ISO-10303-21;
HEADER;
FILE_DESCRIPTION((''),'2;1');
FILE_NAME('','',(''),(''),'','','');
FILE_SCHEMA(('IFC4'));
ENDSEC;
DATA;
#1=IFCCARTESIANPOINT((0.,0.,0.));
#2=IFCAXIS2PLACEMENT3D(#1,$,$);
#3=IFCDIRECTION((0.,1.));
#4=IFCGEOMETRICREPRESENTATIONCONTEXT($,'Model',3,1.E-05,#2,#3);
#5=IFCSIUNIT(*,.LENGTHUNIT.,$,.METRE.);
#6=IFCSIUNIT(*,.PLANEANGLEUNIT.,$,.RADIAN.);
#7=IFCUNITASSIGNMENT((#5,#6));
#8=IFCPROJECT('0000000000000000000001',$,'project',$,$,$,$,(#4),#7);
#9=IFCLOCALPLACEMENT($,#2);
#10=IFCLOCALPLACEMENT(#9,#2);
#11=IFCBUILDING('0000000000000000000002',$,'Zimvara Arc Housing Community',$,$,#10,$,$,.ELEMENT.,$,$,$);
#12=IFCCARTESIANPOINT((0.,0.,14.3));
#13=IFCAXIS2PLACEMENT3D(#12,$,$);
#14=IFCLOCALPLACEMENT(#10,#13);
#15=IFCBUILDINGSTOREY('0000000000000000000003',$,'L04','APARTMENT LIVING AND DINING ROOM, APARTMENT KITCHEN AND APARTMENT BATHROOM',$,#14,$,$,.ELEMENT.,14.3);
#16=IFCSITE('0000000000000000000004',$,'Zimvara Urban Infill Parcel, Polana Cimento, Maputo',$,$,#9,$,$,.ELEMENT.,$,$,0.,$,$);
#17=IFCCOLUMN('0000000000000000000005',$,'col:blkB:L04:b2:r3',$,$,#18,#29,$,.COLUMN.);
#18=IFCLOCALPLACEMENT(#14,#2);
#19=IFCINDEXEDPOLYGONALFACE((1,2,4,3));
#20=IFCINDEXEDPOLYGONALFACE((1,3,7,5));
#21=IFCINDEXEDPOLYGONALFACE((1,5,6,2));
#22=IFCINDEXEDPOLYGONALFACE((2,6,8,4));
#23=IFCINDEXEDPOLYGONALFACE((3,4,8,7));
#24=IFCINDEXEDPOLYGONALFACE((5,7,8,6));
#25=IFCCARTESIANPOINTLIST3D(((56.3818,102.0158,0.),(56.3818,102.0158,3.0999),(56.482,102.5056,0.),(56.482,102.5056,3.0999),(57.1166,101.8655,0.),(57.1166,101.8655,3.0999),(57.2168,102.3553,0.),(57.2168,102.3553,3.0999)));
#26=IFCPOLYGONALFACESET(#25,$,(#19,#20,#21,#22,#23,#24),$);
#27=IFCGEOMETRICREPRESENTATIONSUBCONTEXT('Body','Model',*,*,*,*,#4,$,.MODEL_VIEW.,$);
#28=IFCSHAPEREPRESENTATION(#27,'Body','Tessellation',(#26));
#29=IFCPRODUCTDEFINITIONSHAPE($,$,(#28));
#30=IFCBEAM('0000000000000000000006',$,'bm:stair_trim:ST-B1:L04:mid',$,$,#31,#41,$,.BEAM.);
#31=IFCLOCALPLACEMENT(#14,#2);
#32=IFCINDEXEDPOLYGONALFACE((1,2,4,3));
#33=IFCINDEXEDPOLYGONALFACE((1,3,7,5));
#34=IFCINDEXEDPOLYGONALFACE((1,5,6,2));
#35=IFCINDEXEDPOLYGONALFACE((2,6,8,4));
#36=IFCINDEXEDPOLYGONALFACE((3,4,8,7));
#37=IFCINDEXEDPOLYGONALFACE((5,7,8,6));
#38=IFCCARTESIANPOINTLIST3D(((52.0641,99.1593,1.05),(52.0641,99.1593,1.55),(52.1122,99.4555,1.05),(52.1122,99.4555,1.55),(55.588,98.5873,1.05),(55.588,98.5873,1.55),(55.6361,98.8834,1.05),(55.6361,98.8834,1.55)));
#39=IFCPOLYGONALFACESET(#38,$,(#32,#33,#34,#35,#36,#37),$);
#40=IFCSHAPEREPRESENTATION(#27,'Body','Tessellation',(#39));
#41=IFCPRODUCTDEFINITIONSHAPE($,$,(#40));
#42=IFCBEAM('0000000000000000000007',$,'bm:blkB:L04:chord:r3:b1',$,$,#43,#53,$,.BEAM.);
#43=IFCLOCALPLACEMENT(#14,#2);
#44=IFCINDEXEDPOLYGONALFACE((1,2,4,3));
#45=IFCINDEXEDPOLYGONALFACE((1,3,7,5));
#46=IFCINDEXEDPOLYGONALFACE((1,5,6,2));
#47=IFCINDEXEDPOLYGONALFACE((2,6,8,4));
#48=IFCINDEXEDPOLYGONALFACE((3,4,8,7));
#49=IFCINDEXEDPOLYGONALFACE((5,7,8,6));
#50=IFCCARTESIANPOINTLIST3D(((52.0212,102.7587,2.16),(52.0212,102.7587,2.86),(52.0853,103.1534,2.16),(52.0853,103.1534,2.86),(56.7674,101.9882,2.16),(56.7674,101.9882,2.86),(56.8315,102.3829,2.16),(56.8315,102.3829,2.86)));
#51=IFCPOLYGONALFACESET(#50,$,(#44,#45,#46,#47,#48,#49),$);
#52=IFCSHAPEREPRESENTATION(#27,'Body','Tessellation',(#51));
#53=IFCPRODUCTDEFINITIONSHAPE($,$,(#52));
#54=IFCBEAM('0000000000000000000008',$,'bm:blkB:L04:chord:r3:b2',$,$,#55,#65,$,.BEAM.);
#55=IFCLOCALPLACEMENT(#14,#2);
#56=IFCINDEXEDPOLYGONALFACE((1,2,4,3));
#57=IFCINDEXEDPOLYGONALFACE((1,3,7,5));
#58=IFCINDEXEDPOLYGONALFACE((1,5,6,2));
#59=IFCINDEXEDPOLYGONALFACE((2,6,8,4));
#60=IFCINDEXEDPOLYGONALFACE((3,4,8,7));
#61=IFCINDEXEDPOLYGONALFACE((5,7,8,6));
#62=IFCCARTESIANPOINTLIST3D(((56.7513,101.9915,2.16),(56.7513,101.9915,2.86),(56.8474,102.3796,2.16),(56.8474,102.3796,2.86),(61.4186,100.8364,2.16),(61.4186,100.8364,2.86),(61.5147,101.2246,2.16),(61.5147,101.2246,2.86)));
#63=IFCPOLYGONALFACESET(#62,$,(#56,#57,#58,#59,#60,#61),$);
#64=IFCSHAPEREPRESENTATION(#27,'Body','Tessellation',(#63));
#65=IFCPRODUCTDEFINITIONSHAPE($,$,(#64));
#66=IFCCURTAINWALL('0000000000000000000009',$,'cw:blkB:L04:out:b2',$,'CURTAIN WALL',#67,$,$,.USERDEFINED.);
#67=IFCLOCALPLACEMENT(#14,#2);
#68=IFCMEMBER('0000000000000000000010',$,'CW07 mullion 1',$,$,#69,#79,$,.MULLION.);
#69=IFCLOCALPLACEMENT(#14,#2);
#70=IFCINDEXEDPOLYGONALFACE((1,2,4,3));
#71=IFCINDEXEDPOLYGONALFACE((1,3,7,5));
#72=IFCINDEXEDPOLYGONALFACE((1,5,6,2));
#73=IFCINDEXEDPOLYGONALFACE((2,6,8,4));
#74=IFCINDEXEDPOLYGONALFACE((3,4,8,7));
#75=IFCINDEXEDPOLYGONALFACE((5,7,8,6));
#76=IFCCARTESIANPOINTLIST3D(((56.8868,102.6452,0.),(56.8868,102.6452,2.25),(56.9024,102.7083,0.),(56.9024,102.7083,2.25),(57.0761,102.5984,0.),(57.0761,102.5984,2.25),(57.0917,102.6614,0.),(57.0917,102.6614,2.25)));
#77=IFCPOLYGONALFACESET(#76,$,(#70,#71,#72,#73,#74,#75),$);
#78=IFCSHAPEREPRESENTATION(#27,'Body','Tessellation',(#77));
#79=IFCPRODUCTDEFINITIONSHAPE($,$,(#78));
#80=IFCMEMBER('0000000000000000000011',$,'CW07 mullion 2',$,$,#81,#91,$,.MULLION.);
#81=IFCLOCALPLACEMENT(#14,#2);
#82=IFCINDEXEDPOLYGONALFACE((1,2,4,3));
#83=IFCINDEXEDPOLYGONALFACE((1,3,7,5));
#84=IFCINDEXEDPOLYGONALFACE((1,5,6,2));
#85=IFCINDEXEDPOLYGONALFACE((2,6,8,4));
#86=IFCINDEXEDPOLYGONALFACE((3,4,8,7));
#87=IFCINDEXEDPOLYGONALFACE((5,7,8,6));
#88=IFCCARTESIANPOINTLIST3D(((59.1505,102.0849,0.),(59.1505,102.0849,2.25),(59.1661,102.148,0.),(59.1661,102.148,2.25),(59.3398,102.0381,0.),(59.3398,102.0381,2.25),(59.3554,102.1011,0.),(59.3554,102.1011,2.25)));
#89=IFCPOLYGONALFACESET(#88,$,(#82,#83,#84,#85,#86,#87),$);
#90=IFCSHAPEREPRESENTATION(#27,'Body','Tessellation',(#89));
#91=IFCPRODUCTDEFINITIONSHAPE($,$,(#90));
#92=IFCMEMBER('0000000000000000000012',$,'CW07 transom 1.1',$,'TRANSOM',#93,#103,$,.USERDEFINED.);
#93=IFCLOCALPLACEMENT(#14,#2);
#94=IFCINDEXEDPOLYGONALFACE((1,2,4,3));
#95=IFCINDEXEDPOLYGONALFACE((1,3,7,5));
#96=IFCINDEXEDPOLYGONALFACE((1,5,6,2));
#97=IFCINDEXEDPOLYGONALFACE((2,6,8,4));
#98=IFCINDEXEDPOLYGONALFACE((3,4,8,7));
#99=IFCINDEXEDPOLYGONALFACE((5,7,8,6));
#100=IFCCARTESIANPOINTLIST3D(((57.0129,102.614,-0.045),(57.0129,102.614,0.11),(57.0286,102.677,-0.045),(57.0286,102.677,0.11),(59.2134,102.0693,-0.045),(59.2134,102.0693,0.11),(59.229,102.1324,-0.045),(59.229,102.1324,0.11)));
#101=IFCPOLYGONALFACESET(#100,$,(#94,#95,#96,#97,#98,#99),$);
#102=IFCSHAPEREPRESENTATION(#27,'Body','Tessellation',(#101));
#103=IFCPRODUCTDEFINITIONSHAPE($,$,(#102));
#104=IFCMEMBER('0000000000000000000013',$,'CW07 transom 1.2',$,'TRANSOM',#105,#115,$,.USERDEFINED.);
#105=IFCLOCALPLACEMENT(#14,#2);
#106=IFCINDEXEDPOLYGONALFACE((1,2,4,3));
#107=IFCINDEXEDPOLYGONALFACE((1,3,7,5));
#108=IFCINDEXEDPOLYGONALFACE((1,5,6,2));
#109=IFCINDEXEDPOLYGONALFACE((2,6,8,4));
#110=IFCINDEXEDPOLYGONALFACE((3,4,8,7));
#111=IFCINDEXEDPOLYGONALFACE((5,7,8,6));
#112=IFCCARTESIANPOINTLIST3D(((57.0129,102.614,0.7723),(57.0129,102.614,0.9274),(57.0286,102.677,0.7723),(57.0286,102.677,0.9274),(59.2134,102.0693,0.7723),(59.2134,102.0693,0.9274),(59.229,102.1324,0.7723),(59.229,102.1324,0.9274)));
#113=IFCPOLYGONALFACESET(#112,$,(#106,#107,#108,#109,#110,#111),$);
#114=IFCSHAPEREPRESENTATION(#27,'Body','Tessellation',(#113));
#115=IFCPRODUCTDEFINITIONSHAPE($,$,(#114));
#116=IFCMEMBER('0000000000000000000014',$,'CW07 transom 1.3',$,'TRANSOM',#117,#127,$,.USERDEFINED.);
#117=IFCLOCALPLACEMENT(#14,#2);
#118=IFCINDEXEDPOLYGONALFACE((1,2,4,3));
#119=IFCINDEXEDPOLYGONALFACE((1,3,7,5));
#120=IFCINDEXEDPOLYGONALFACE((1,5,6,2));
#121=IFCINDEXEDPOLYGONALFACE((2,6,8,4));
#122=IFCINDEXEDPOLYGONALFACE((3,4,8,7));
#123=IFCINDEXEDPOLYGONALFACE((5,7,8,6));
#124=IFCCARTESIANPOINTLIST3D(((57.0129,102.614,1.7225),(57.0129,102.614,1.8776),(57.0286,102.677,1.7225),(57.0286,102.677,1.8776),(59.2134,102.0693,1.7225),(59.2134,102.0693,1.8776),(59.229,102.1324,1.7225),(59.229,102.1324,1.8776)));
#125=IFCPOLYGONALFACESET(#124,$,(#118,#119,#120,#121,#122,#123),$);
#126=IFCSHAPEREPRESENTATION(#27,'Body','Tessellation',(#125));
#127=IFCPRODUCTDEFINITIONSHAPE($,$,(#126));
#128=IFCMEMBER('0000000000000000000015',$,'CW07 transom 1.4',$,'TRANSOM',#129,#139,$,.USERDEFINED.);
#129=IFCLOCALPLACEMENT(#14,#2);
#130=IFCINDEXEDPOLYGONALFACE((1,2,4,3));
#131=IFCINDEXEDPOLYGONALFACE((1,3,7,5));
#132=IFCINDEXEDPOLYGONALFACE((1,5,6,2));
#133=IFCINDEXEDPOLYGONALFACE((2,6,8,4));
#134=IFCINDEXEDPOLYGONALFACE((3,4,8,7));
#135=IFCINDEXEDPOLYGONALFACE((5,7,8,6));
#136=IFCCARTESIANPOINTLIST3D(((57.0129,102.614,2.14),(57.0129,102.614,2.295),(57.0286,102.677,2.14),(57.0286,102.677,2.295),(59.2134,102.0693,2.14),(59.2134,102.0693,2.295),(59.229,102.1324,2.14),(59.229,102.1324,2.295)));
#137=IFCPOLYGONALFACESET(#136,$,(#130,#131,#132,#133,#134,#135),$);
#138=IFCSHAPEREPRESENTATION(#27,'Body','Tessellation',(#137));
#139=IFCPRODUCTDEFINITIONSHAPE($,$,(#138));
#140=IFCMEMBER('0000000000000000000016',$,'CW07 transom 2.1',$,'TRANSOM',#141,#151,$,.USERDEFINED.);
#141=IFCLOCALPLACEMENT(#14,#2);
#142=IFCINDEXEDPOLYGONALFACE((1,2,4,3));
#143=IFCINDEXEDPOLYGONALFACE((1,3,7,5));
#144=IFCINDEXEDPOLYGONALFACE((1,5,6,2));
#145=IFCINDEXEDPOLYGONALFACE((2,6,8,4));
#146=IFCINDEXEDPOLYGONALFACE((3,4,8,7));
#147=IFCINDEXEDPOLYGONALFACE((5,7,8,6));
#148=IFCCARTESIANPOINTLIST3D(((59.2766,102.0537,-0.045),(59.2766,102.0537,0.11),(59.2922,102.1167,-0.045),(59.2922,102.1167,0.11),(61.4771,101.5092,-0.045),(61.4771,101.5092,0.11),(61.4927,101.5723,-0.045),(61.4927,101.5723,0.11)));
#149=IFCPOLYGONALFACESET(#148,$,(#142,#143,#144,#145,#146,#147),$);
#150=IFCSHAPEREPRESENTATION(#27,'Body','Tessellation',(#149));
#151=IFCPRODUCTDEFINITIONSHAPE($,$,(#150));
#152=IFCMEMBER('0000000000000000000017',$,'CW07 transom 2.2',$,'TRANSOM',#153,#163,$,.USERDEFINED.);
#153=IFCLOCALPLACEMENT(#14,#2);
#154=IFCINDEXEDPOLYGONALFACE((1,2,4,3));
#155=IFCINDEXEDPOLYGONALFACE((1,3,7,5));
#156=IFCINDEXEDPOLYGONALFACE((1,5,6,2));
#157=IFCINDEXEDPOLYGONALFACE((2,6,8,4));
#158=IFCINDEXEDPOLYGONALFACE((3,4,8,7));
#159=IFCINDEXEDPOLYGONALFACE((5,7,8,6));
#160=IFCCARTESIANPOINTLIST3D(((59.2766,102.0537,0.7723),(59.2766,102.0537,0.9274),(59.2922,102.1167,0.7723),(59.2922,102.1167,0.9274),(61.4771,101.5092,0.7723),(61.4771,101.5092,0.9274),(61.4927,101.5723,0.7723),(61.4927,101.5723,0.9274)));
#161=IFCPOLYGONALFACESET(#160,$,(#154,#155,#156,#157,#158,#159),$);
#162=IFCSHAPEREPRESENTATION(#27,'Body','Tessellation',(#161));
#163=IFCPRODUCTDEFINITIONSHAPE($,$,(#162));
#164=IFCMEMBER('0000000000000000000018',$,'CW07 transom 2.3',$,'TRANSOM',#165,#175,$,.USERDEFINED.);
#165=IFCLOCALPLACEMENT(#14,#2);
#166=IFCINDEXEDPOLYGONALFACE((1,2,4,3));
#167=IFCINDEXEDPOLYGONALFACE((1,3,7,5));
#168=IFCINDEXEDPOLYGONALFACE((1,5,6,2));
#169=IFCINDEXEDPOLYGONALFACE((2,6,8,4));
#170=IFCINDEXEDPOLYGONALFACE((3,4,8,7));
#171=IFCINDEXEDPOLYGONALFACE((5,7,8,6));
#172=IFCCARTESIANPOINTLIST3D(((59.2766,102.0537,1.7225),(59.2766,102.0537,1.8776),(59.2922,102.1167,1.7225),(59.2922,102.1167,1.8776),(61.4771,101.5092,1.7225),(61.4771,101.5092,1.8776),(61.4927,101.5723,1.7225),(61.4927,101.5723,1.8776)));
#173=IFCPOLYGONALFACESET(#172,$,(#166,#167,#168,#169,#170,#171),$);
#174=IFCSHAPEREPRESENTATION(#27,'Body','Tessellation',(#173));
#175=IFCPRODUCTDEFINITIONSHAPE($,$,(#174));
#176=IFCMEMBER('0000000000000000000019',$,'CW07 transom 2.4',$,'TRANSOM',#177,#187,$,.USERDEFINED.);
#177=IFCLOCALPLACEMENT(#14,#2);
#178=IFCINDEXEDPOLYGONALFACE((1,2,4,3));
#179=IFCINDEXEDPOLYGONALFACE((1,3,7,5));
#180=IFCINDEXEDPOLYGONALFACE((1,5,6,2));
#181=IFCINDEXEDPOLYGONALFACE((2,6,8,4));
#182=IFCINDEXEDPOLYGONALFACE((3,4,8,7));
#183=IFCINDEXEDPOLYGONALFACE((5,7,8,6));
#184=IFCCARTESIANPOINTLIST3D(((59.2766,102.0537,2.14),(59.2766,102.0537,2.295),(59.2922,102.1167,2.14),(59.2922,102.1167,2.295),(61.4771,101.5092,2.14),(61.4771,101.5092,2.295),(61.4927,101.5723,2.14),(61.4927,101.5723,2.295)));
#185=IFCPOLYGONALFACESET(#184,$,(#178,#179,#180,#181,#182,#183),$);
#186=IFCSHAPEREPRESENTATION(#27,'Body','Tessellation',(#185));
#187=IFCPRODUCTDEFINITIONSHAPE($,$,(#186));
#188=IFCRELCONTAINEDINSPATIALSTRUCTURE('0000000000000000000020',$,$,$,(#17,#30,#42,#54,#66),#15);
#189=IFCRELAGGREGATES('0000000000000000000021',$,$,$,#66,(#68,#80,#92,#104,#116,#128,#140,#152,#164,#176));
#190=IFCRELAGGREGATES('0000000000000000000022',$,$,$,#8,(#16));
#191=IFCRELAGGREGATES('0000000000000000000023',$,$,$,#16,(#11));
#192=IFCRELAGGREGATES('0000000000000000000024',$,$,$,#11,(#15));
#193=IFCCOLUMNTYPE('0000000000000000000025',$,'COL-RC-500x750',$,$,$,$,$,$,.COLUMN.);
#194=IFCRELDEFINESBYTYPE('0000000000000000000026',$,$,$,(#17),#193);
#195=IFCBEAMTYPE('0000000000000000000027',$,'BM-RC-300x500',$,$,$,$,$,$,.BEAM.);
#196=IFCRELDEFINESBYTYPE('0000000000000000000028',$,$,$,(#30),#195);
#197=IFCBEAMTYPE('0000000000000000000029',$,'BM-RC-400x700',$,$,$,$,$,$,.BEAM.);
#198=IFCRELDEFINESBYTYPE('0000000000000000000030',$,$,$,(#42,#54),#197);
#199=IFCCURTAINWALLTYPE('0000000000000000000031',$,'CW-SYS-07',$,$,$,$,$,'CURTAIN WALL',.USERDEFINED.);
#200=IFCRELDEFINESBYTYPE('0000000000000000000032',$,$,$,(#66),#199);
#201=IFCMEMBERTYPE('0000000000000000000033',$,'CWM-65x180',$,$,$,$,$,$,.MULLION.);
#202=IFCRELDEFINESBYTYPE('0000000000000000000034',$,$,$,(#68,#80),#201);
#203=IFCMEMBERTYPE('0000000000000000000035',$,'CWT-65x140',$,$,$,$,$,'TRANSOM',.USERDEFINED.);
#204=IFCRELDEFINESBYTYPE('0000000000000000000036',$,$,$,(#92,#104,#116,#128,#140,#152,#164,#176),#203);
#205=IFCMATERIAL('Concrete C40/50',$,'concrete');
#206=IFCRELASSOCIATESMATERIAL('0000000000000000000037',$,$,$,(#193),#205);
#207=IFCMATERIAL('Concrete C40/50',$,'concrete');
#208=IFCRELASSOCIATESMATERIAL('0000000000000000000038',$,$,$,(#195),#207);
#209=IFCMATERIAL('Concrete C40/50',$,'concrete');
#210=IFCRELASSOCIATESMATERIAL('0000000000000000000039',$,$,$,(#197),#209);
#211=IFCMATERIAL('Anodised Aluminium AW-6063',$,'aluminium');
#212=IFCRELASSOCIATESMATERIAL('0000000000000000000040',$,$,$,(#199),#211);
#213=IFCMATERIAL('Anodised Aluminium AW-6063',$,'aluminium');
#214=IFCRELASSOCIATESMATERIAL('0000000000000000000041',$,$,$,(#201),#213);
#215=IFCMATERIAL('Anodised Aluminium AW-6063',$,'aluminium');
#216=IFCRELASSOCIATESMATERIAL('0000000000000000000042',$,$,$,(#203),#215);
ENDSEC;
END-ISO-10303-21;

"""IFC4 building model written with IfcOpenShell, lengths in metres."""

from ifc_helpers import new_model, si_unit, direction, frame, origin, origin_2d, place, context, subcontext, project, spatial, rectangle, extrude, material, material_profile, profile_set, type_object, element, aggregate, save


model = new_model("IFC4")

# Units and contexts
model_context = context("Model", 3, precision=1e-05, world=origin(), true_north=direction((0.0, 1.0)))
body_context = subcontext(model_context, "Body", "Model", "MODEL_VIEW")
ifc_project = project(units=[si_unit("LENGTHUNIT", "METRE"), si_unit("PLANEANGLEUNIT", "RADIAN")], contexts=[model_context])

# Site, building, storey
site_placement = place(None, origin())
site = spatial("IfcSite", under=ifc_project, at=site_placement, Name="Zimvara Urban Infill Parcel, Polana Cimento, Maputo", CompositionType="ELEMENT", RefElevation=0.0)
building_placement = place(site_placement, origin())
building = spatial("IfcBuilding", under=site, at=building_placement, Name="Zimvara Arc Housing Community", CompositionType="ELEMENT")
storey_placement = place(building_placement, frame((0.0, 0.0, 14.3)))
storey = spatial("IfcBuildingStorey", under=building, at=storey_placement, Name="L04", Description="APARTMENT LIVING AND DINING ROOM, APARTMENT KITCHEN AND APARTMENT BATHROOM", CompositionType="ELEMENT", Elevation=14.3)

# Column
ifc_material_1 = material(Name="Concrete C40/50", Category="concrete")
ifc_material_profile_1 = material_profile(ifc_material_1, rectangle(XDim=0.5, YDim=0.75, at=origin_2d()), Name="RC 500x750")
ifc_profile_set_1 = profile_set([ifc_material_profile_1], Name="Concrete C40/50")
column_type = type_object("IfcColumnType", Name="COL-RC-500x750", PredefinedType="COLUMN", material=ifc_profile_set_1)
column_placement = place(storey_placement, frame((56.7993, 102.1855, 0.0), z_axis=(0.0, 0.0, 1.0), x_axis=(0.200394, 0.979715, 0.0)))
element("IfcColumn", 1, at=column_placement, inside=storey, type_object=column_type, Name="col:blkB:L04:b2:r3", PredefinedType="COLUMN", context=body_context, shape_type="SweptSolid", body=[
    extrude(rectangle(XDim=0.5, YDim=0.75, at=origin_2d()), origin(), (0.0, 0.0, 1.0), 3.0999),
])

# Beams
ifc_material_2 = material(Name="Concrete C40/50", Category="concrete")
ifc_material_profile_2 = material_profile(ifc_material_2, rectangle(XDim=0.3, YDim=0.5, at=origin_2d()), Name="RC 300x500")
ifc_profile_set_2 = profile_set([ifc_material_profile_2], Name="Concrete C40/50")
beam_type_1 = type_object("IfcBeamType", Name="BM-RC-300x500", PredefinedType="BEAM", material=ifc_profile_set_2)
beam_1_placement = place(storey_placement, frame((55.6121, 98.7354, 1.3), z_axis=(-0.98708, 0.160228, 0.0), x_axis=(-0.160228, -0.98708, 0.0)))
element("IfcBeam", 2, at=beam_1_placement, inside=storey, type_object=beam_type_1, Name="bm:stair_trim:ST-B1:L04:mid", PredefinedType="BEAM", context=body_context, shape_type="SweptSolid", body=[
    extrude(rectangle(XDim=0.3, YDim=0.5, at=origin_2d()), origin(), (0.0, 0.0, 1.0), 3.5701),
])
ifc_material_3 = material(Name="Concrete C40/50", Category="concrete")
ifc_material_profile_3 = material_profile(ifc_material_3, rectangle(XDim=0.3999, YDim=0.7, at=origin_2d()), Name="RC 400x700")
ifc_profile_set_3 = profile_set([ifc_material_profile_3], Name="Concrete C40/50")
beam_type_2 = type_object("IfcBeamType", Name="BM-RC-400x700", PredefinedType="BEAM", material=ifc_profile_set_3)
beam_2_placement = place(storey_placement, frame((52.0532, 102.9561, 2.51), z_axis=(0.987077, -0.160248, 0.0), x_axis=(0.160248, 0.987077, 0.0)))
element("IfcBeam", 3, at=beam_2_placement, inside=storey, type_object=beam_type_2, Name="bm:blkB:L04:chord:r3:b1", PredefinedType="BEAM", context=body_context, shape_type="SweptSolid", body=[
    extrude(rectangle(XDim=0.3999, YDim=0.7, at=origin_2d()), origin(), (0.0, 0.0, 1.0), 4.8083),
])
beam_3_placement = place(storey_placement, frame((56.7993, 102.1855, 2.51), z_axis=(0.970716, -0.240229, 0.0), x_axis=(0.240229, 0.970716, 0.0)))
element("IfcBeam", 4, at=beam_3_placement, inside=storey, type_object=beam_type_2, Name="bm:blkB:L04:chord:r3:b2", PredefinedType="BEAM", context=body_context, shape_type="SweptSolid", body=[
    extrude(rectangle(XDim=0.3999, YDim=0.7, at=origin_2d()), origin(), (0.0, 0.0, 1.0), 4.8081),
])

# Curtain wall, members
ifc_material_4 = material(Name="Anodised Aluminium AW-6063", Category="aluminium")
curtain_wall_type = type_object("IfcCurtainWallType", Name="CW-SYS-07", ElementType="CURTAIN WALL", PredefinedType="USERDEFINED", material=ifc_material_4)
curtain_wall_placement = place(storey_placement, origin())
curtain_wall = element("IfcCurtainWall", 5, at=curtain_wall_placement, inside=storey, type_object=curtain_wall_type, Name="cw:blkB:L04:out:b2", ObjectType="CURTAIN WALL", PredefinedType="USERDEFINED")
ifc_material_5 = material(Name="Anodised Aluminium AW-6063", Category="aluminium")
ifc_material_profile_4 = material_profile(ifc_material_5, rectangle(XDim=0.0649, YDim=0.1951, at=origin_2d()), Name="ALU 65x195")
ifc_profile_set_4 = profile_set([ifc_material_profile_4], Name="Anodised Aluminium AW-6063")
member_type_1 = type_object("IfcMemberType", Name="CWM-65x180", PredefinedType="MULLION", material=ifc_profile_set_4)
member_1_placement = place(storey_placement, frame((56.9893, 102.6533, 0.0), z_axis=(0.0, 0.0, 1.0), x_axis=(0.24023, 0.970716, 0.0)))
member_1 = element("IfcMember", 6, at=member_1_placement, type_object=member_type_1, Name="CW07 mullion 1", PredefinedType="MULLION", context=body_context, shape_type="SweptSolid", body=[
    extrude(rectangle(XDim=0.0649, YDim=0.1951, at=origin_2d()), origin(), (0.0, 0.0, 1.0), 2.25),
])
member_2_placement = place(storey_placement, frame((59.2529, 102.093, 0.0), z_axis=(0.0, 0.0, 1.0), x_axis=(0.24023, 0.970716, 0.0)))
member_2 = element("IfcMember", 7, at=member_2_placement, type_object=member_type_1, Name="CW07 mullion 2", PredefinedType="MULLION", context=body_context, shape_type="SweptSolid", body=[
    extrude(rectangle(XDim=0.0649, YDim=0.1951, at=origin_2d()), origin(), (0.0, 0.0, 1.0), 2.25),
])
ifc_material_6 = material(Name="Anodised Aluminium AW-6063", Category="aluminium")
ifc_material_profile_5 = material_profile(ifc_material_6, rectangle(XDim=0.0649, YDim=0.155, at=origin_2d()), Name="ALU 65x155")
ifc_profile_set_5 = profile_set([ifc_material_profile_5], Name="Anodised Aluminium AW-6063")
member_type_2 = type_object("IfcMemberType", Name="CWT-65x140", ElementType="TRANSOM", PredefinedType="USERDEFINED", material=ifc_profile_set_5)
member_3_placement = place(storey_placement, frame((57.0208, 102.6455, 0.0325), z_axis=(0.970704, -0.24028, 0.0), x_axis=(0.24028, 0.970704, 0.0)))
member_3 = element("IfcMember", 8, at=member_3_placement, type_object=member_type_2, Name="CW07 transom 1.1", ObjectType="TRANSOM", PredefinedType="USERDEFINED", context=body_context, shape_type="SweptSolid", body=[
    extrude(rectangle(XDim=0.0649, YDim=0.155, at=origin_2d()), origin(), (0.0, 0.0, 1.0), 2.2668),
])
member_4_placement = place(storey_placement, frame((57.0208, 102.6455, 0.8499), z_axis=(0.970704, -0.24028, 0.0), x_axis=(0.24028, 0.970704, 0.0)))
member_4 = element("IfcMember", 9, at=member_4_placement, type_object=member_type_2, Name="CW07 transom 1.2", ObjectType="TRANSOM", PredefinedType="USERDEFINED", context=body_context, shape_type="SweptSolid", body=[
    extrude(rectangle(XDim=0.0649, YDim=0.155, at=origin_2d()), origin(), (0.0, 0.0, 1.0), 2.2668),
])
member_5_placement = place(storey_placement, frame((57.0208, 102.6455, 1.8), z_axis=(0.970704, -0.24028, 0.0), x_axis=(0.24028, 0.970704, 0.0)))
member_5 = element("IfcMember", 10, at=member_5_placement, type_object=member_type_2, Name="CW07 transom 1.3", ObjectType="TRANSOM", PredefinedType="USERDEFINED", context=body_context, shape_type="SweptSolid", body=[
    extrude(rectangle(XDim=0.0649, YDim=0.155, at=origin_2d()), origin(), (0.0, 0.0, 1.0), 2.2668),
])
member_6_placement = place(storey_placement, frame((57.0208, 102.6455, 2.2175), z_axis=(0.970704, -0.24028, 0.0), x_axis=(0.24028, 0.970704, 0.0)))
member_6 = element("IfcMember", 11, at=member_6_placement, type_object=member_type_2, Name="CW07 transom 1.4", ObjectType="TRANSOM", PredefinedType="USERDEFINED", context=body_context, shape_type="SweptSolid", body=[
    extrude(rectangle(XDim=0.0649, YDim=0.155, at=origin_2d()), origin(), (0.0, 0.0, 1.0), 2.2668),
])
member_7_placement = place(storey_placement, frame((59.2844, 102.0852, 0.0325), z_axis=(0.970729, -0.240178, 0.0), x_axis=(0.240178, 0.970729, 0.0)))
member_7 = element("IfcMember", 12, at=member_7_placement, type_object=member_type_2, Name="CW07 transom 2.1", ObjectType="TRANSOM", PredefinedType="USERDEFINED", context=body_context, shape_type="SweptSolid", body=[
    extrude(rectangle(XDim=0.0649, YDim=0.155, at=origin_2d()), origin(), (0.0, 0.0, 1.0), 2.2668),
])
member_8_placement = place(storey_placement, frame((59.2844, 102.0852, 0.8499), z_axis=(0.970729, -0.240178, 0.0), x_axis=(0.240178, 0.970729, 0.0)))
member_8 = element("IfcMember", 13, at=member_8_placement, type_object=member_type_2, Name="CW07 transom 2.2", ObjectType="TRANSOM", PredefinedType="USERDEFINED", context=body_context, shape_type="SweptSolid", body=[
    extrude(rectangle(XDim=0.0649, YDim=0.155, at=origin_2d()), origin(), (0.0, 0.0, 1.0), 2.2668),
])
member_9_placement = place(storey_placement, frame((59.2844, 102.0852, 1.8), z_axis=(0.970729, -0.240178, 0.0), x_axis=(0.240178, 0.970729, 0.0)))
member_9 = element("IfcMember", 14, at=member_9_placement, type_object=member_type_2, Name="CW07 transom 2.3", ObjectType="TRANSOM", PredefinedType="USERDEFINED", context=body_context, shape_type="SweptSolid", body=[
    extrude(rectangle(XDim=0.0649, YDim=0.155, at=origin_2d()), origin(), (0.0, 0.0, 1.0), 2.2668),
])
member_10_placement = place(storey_placement, frame((59.2844, 102.0852, 2.2175), z_axis=(0.970729, -0.240178, 0.0), x_axis=(0.240178, 0.970729, 0.0)))
member_10 = element("IfcMember", 15, at=member_10_placement, type_object=member_type_2, Name="CW07 transom 2.4", ObjectType="TRANSOM", PredefinedType="USERDEFINED", context=body_context, shape_type="SweptSolid", body=[
    extrude(rectangle(XDim=0.0649, YDim=0.155, at=origin_2d()), origin(), (0.0, 0.0, 1.0), 2.2668),
])
aggregate(curtain_wall, [member_1, member_2, member_3, member_4, member_5, member_6, member_7, member_8, member_9, member_10])

save(model, "model.ifc")
